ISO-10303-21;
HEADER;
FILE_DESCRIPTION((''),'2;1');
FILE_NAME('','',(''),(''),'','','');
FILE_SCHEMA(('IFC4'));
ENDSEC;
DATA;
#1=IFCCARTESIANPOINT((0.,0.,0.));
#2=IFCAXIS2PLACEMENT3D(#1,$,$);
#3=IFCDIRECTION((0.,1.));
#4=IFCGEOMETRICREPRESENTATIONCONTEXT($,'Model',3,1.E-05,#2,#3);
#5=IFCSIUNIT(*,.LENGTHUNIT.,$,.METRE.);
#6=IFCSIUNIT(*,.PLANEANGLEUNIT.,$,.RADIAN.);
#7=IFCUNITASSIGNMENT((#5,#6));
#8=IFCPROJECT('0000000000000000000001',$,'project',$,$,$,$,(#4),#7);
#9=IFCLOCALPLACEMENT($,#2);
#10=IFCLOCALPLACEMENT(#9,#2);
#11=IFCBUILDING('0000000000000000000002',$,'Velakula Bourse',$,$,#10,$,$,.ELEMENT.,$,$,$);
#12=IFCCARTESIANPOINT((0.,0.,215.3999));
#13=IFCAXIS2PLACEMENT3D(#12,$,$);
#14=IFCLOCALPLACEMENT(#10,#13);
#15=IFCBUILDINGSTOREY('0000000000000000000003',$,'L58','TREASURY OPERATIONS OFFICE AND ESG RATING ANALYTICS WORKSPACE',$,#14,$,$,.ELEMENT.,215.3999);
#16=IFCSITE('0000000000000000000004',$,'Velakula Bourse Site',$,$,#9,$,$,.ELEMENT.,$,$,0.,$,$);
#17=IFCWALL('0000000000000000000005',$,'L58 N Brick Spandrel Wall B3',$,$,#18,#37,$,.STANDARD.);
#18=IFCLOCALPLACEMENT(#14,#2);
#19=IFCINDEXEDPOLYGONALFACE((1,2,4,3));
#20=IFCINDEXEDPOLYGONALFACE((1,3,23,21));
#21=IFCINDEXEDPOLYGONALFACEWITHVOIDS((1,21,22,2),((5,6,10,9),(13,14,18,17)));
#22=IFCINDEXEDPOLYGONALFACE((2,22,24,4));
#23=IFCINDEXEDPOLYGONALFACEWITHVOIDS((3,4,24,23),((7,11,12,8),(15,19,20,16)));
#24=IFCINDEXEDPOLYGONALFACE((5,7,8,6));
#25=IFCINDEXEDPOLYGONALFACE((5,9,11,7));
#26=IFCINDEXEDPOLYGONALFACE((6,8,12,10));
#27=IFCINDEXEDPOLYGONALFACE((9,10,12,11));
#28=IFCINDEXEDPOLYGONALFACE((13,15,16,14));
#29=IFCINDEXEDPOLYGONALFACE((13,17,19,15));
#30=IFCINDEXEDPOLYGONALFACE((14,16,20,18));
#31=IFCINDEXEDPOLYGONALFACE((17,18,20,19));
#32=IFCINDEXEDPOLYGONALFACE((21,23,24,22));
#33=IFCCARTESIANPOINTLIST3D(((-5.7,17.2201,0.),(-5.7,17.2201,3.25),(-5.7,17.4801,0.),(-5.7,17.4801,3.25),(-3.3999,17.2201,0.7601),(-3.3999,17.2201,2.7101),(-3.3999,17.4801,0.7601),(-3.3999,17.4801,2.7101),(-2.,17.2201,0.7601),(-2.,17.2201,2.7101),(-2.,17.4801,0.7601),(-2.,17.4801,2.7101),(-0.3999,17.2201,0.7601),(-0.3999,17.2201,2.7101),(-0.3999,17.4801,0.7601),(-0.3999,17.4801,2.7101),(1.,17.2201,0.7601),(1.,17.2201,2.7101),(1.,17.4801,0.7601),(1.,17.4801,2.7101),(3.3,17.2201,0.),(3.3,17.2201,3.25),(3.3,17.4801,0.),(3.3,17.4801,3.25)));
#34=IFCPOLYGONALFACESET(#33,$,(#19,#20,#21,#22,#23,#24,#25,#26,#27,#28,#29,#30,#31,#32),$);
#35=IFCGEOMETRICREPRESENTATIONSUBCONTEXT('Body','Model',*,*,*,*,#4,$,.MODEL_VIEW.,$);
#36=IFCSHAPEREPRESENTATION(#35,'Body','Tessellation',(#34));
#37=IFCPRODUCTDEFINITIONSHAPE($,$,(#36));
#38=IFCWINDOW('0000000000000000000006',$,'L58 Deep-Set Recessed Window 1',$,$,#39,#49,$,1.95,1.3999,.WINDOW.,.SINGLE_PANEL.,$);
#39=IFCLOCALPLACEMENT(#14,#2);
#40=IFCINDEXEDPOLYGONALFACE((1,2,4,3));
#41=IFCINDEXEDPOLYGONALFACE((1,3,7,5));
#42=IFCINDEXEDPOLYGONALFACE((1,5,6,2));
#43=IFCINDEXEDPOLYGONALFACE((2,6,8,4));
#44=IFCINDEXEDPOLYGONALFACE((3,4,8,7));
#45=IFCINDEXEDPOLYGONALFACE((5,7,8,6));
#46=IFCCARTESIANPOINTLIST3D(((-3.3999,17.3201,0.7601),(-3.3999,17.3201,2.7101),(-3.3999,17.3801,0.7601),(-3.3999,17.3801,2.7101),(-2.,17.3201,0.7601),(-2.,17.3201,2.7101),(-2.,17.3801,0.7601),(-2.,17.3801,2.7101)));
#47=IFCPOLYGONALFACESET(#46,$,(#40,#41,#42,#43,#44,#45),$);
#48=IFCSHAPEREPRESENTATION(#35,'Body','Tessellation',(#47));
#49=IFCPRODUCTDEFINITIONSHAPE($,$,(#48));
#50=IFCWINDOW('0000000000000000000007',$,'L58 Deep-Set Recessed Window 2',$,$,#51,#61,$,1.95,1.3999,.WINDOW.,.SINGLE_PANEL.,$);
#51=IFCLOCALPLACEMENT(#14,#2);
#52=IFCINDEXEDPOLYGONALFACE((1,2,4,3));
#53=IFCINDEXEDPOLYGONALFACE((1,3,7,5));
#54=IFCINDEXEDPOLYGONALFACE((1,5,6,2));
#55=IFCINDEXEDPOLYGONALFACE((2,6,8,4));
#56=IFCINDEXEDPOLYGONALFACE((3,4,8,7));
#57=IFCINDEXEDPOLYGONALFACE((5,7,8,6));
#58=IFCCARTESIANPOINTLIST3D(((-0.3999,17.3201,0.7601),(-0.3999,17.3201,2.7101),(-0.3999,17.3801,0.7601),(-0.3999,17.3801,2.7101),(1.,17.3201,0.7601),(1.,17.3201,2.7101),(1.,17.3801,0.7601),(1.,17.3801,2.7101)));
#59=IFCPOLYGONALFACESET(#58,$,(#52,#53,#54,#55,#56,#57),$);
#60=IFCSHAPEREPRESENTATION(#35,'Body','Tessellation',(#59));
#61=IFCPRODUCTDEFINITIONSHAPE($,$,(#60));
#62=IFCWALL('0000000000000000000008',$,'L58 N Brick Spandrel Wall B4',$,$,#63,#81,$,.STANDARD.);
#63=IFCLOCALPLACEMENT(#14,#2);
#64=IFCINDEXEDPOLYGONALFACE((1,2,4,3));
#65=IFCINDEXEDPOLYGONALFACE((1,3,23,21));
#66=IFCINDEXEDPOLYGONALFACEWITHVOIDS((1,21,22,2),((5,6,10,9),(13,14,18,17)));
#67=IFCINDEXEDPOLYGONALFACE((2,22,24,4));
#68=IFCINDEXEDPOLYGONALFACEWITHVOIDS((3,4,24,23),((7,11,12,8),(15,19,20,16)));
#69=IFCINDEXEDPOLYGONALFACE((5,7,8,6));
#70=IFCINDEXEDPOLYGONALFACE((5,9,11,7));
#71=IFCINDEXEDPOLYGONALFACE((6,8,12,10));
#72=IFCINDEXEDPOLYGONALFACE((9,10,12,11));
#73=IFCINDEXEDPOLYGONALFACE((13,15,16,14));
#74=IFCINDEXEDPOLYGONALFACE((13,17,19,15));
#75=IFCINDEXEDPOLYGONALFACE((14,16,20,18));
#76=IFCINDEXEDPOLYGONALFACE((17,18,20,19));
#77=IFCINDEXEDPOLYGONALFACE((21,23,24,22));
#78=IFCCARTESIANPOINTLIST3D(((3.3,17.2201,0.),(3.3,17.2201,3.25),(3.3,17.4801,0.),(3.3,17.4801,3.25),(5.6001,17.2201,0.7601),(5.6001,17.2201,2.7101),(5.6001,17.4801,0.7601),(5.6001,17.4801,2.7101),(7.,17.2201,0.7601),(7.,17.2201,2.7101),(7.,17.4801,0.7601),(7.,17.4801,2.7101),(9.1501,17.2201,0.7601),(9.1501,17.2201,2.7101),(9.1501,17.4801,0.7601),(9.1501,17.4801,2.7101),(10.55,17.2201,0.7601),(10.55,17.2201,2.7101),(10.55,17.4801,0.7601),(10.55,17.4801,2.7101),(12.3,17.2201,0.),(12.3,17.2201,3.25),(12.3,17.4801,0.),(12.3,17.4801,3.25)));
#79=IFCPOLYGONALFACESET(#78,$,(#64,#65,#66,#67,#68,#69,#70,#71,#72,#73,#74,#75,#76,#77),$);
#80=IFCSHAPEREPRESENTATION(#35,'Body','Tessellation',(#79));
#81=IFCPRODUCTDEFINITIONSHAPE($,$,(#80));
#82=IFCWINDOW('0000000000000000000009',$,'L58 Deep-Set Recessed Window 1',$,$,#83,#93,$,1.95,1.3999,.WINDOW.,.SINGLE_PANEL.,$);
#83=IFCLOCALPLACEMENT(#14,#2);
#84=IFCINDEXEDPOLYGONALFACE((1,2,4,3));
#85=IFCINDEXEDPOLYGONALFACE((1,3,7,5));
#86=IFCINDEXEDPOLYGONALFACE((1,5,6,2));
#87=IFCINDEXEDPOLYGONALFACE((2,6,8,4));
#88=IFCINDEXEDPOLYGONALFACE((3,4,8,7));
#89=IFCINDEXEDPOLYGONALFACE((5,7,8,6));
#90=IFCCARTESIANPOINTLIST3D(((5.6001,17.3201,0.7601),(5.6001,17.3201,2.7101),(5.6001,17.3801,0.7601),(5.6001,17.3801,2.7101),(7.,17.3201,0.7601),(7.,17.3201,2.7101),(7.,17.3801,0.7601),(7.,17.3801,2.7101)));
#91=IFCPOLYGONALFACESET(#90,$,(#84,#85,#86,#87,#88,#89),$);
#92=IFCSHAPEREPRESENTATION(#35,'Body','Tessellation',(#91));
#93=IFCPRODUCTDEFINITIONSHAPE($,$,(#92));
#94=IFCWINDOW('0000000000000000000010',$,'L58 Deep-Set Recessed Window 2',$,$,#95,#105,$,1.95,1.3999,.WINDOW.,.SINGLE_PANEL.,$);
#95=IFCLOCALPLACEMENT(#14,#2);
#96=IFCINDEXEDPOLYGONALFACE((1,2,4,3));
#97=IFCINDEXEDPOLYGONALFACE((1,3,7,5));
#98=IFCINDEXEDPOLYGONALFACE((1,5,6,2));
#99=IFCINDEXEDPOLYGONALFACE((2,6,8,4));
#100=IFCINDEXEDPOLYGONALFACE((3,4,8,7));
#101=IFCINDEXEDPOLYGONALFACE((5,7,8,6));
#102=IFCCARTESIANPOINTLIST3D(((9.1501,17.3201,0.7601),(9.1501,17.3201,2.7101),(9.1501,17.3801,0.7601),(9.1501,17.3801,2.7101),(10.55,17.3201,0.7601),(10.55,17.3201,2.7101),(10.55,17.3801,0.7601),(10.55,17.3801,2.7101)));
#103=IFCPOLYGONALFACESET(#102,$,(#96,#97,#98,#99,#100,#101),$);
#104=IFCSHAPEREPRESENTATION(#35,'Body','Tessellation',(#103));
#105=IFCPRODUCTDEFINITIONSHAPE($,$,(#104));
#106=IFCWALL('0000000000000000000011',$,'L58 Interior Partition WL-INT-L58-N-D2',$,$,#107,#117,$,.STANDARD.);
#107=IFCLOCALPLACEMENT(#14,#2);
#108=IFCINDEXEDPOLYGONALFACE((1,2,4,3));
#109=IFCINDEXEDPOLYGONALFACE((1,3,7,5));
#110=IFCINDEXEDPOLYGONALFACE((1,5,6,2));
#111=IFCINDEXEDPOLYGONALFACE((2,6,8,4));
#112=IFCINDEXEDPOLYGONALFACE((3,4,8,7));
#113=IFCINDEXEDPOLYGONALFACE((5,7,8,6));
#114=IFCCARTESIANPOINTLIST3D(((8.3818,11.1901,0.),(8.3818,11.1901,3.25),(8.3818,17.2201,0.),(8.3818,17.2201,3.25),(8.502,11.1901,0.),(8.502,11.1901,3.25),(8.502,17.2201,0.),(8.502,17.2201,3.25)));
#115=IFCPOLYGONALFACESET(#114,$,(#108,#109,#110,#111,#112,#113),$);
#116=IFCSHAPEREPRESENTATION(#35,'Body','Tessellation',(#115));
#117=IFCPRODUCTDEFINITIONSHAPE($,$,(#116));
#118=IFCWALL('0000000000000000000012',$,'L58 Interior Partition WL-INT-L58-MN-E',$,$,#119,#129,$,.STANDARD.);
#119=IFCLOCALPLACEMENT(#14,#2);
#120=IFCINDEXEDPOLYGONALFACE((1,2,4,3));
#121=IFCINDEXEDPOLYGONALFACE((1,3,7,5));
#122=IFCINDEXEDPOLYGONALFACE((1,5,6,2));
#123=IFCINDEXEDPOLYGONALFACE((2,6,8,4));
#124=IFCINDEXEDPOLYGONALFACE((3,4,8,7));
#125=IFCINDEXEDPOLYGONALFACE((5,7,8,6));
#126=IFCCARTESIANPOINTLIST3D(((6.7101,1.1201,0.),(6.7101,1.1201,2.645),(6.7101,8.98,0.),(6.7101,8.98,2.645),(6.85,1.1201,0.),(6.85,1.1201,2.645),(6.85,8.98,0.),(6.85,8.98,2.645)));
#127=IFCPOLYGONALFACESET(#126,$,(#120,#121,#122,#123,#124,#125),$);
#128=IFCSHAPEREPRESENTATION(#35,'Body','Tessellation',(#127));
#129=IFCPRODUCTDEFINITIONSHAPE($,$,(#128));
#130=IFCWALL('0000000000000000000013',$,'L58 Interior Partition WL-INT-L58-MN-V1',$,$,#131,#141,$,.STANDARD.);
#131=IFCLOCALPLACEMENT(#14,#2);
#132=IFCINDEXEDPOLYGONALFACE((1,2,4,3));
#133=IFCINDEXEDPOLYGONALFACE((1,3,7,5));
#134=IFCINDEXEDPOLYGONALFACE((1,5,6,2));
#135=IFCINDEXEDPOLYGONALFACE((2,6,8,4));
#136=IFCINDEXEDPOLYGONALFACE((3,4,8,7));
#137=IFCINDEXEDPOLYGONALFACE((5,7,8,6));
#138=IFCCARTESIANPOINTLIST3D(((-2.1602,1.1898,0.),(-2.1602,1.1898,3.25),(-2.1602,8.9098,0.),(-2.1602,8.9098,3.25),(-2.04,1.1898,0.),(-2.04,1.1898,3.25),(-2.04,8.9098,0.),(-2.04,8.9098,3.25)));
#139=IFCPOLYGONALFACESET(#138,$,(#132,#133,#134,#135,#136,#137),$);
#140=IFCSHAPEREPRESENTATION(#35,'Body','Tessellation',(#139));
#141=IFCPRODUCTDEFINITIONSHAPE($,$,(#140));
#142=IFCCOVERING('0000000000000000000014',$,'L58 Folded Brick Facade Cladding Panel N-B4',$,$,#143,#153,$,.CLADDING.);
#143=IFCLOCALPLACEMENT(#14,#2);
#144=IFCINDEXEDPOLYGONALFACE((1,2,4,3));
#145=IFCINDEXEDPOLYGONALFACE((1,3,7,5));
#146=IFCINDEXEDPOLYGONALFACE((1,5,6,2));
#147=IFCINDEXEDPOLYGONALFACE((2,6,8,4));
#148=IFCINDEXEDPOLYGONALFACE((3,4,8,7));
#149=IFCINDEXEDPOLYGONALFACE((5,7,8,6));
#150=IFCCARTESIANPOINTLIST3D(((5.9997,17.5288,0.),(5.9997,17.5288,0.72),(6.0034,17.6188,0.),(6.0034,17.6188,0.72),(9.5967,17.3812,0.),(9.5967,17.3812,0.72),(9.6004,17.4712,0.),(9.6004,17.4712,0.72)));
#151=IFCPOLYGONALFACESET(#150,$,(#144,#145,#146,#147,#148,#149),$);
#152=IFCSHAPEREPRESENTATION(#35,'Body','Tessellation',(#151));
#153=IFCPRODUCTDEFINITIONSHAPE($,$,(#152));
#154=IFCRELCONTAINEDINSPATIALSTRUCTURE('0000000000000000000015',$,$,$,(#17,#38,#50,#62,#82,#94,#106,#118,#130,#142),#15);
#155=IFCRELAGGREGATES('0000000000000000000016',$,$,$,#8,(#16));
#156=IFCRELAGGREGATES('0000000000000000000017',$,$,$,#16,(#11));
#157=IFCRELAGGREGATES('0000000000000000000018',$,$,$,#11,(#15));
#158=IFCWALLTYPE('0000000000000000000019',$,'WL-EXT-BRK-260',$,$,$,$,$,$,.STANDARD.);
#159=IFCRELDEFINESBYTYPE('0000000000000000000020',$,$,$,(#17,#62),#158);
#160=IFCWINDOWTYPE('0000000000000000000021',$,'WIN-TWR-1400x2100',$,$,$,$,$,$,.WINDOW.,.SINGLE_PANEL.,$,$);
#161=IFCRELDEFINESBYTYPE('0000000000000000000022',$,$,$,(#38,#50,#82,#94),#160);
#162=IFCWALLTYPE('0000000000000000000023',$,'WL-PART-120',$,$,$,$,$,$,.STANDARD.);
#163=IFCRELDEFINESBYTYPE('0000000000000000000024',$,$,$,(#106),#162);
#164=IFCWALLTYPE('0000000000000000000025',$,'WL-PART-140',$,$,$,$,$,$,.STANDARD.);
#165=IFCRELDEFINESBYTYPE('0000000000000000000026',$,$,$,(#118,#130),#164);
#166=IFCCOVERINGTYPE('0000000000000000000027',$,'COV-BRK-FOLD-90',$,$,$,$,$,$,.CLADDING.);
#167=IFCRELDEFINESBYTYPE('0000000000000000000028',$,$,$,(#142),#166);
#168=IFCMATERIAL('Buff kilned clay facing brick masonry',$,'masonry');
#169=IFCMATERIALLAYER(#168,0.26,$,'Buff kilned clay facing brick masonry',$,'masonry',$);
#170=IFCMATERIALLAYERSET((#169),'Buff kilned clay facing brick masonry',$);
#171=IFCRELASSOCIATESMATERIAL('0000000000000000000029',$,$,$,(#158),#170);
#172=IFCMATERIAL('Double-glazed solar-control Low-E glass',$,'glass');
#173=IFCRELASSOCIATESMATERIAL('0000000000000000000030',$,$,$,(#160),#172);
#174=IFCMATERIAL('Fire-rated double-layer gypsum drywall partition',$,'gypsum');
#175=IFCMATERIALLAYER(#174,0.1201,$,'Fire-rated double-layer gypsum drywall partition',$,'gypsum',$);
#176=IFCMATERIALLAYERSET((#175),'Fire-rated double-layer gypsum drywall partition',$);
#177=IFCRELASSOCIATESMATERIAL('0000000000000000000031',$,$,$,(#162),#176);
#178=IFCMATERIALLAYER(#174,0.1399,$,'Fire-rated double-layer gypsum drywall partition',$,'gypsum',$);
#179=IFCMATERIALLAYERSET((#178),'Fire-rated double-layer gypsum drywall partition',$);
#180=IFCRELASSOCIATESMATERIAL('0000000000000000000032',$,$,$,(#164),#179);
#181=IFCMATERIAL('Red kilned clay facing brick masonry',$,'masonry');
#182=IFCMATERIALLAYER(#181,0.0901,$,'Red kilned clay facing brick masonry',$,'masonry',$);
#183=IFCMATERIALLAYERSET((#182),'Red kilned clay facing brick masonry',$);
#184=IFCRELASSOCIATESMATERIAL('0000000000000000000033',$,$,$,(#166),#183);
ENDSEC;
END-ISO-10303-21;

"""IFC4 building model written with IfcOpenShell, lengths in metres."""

from ifc_helpers import new_model, si_unit, direction, frame, frame_2d, origin, origin_2d, place, context, subcontext, project, spatial, rectangle, extrude, material, layer, layer_set, type_object, element, fill, save


model = new_model("IFC4")

# Units and contexts
model_context = context("Model", 3, precision=1e-05, world=origin(), true_north=direction((0.0, 1.0)))
body_context = subcontext(model_context, "Body", "Model", "MODEL_VIEW")
ifc_project = project(units=[si_unit("LENGTHUNIT", "METRE"), si_unit("PLANEANGLEUNIT", "RADIAN")], contexts=[model_context])

# Site, building, storey
site_placement = place(None, origin())
site = spatial("IfcSite", under=ifc_project, at=site_placement, Name="Velakula Bourse Site", CompositionType="ELEMENT", RefElevation=0.0)
building_placement = place(site_placement, origin())
building = spatial("IfcBuilding", under=site, at=building_placement, Name="Velakula Bourse", CompositionType="ELEMENT")
storey_placement = place(building_placement, frame((0.0, 0.0, 215.3999)))
storey = spatial("IfcBuildingStorey", under=building, at=storey_placement, Name="L58", Description="TREASURY OPERATIONS OFFICE AND ESG RATING ANALYTICS WORKSPACE", CompositionType="ELEMENT", Elevation=215.3999)

# Walls, openings, windows
ifc_material_1 = material(Name="Buff kilned clay facing brick masonry", Category="masonry")
ifc_layer_1 = layer(ifc_material_1, 0.26, Name="Buff kilned clay facing brick masonry", Category="masonry")
ifc_layer_set_1 = layer_set([ifc_layer_1], Name="Buff kilned clay facing brick masonry")
wall_type_1 = type_object("IfcWallType", Name="WL-EXT-BRK-260", PredefinedType="STANDARD", material=ifc_layer_set_1)
wall_1_placement = place(storey_placement, frame((-5.7, 17.3501, 0.0), z_axis=(0.0, 0.0, 1.0), x_axis=(1.0, 0.0, 0.0)))
wall_1 = element("IfcWall", 1, at=wall_1_placement, inside=storey, type_object=wall_type_1, Name="L58 N Brick Spandrel Wall B3", PredefinedType="STANDARD", context=body_context, shape_type="SweptSolid", body=[
    extrude(rectangle(XDim=9.0, YDim=0.26, at=frame_2d((4.5, 0.0))), origin(), (0.0, 0.0, 1.0), 3.25),
])
opening_1_placement = place(wall_1_placement, frame((2.3, 0.0, 0.76)))
opening_1 = element("IfcOpeningElement", 2, at=opening_1_placement, cuts=wall_1, PredefinedType="OPENING", context=body_context, shape_type="SweptSolid", body=[
    extrude(rectangle(XDim=1.3999, YDim=1.95, at=frame_2d((0.7, 0.9751))), frame((0.0, 0.1399, 0.0), z_axis=(0.0, -1.0, 0.0), x_axis=(1.0, 0.0, 0.0)), (0.0, 0.0, 1.0), 0.28),
])
opening_2_placement = place(wall_1_placement, frame((5.3, 0.0, 0.76)))
opening_2 = element("IfcOpeningElement", 3, at=opening_2_placement, cuts=wall_1, PredefinedType="OPENING", context=body_context, shape_type="SweptSolid", body=[
    extrude(rectangle(XDim=1.3999, YDim=1.95, at=frame_2d((0.7, 0.9751))), frame((0.0, 0.1399, 0.0), z_axis=(0.0, -1.0, 0.0), x_axis=(1.0, 0.0, 0.0)), (0.0, 0.0, 1.0), 0.28),
])
ifc_material_2 = material(Name="Double-glazed solar-control Low-E glass", Category="glass")
window_type = type_object("IfcWindowType", Name="WIN-TWR-1400x2100", PartitioningType="SINGLE_PANEL", PredefinedType="WINDOW", material=ifc_material_2)
window_1_placement = place(opening_1_placement, origin())
window_1 = element("IfcWindow", 4, at=window_1_placement, inside=storey, type_object=window_type, Name="L58 Deep-Set Recessed Window 1", OverallHeight=1.95, OverallWidth=1.3999, PartitioningType="SINGLE_PANEL", PredefinedType="WINDOW", context=body_context, shape_type="SweptSolid", body=[
    extrude(rectangle(XDim=1.3999, YDim=1.95, at=frame_2d((0.7, 0.9751))), frame((0.0, 0.03, 0.0), z_axis=(0.0, -1.0, 0.0), x_axis=(1.0, 0.0, 0.0)), (0.0, 0.0, 1.0), 0.0601),
])
fill(opening_1, window_1)
window_2_placement = place(opening_2_placement, origin())
window_2 = element("IfcWindow", 5, at=window_2_placement, inside=storey, type_object=window_type, Name="L58 Deep-Set Recessed Window 2", OverallHeight=1.95, OverallWidth=1.3999, PartitioningType="SINGLE_PANEL", PredefinedType="WINDOW", context=body_context, shape_type="SweptSolid", body=[
    extrude(rectangle(XDim=1.3999, YDim=1.95, at=frame_2d((0.7, 0.9751))), frame((0.0, 0.03, 0.0), z_axis=(0.0, -1.0, 0.0), x_axis=(1.0, 0.0, 0.0)), (0.0, 0.0, 1.0), 0.0601),
])
fill(opening_2, window_2)
wall_2_placement = place(storey_placement, frame((3.3, 17.3501, 0.0), z_axis=(0.0, 0.0, 1.0), x_axis=(1.0, 0.0, 0.0)))
wall_2 = element("IfcWall", 6, at=wall_2_placement, inside=storey, type_object=wall_type_1, Name="L58 N Brick Spandrel Wall B4", PredefinedType="STANDARD", context=body_context, shape_type="SweptSolid", body=[
    extrude(rectangle(XDim=9.0, YDim=0.26, at=frame_2d((4.5, 0.0))), origin(), (0.0, 0.0, 1.0), 3.25),
])
opening_3_placement = place(wall_2_placement, frame((2.3, 0.0, 0.76)))
opening_3 = element("IfcOpeningElement", 7, at=opening_3_placement, cuts=wall_2, PredefinedType="OPENING", context=body_context, shape_type="SweptSolid", body=[
    extrude(rectangle(XDim=1.3999, YDim=1.95, at=frame_2d((0.7, 0.9751))), frame((0.0, 0.1399, 0.0), z_axis=(0.0, -1.0, 0.0), x_axis=(1.0, 0.0, 0.0)), (0.0, 0.0, 1.0), 0.28),
])
opening_4_placement = place(wall_2_placement, frame((5.8501, 0.0, 0.76)))
opening_4 = element("IfcOpeningElement", 8, at=opening_4_placement, cuts=wall_2, PredefinedType="OPENING", context=body_context, shape_type="SweptSolid", body=[
    extrude(rectangle(XDim=1.3999, YDim=1.95, at=frame_2d((0.7, 0.9751))), frame((0.0, 0.1399, 0.0), z_axis=(0.0, -1.0, 0.0), x_axis=(1.0, 0.0, 0.0)), (0.0, 0.0, 1.0), 0.28),
])
window_3_placement = place(opening_3_placement, origin())
window_3 = element("IfcWindow", 9, at=window_3_placement, inside=storey, type_object=window_type, Name="L58 Deep-Set Recessed Window 1", OverallHeight=1.95, OverallWidth=1.3999, PartitioningType="SINGLE_PANEL", PredefinedType="WINDOW", context=body_context, shape_type="SweptSolid", body=[
    extrude(rectangle(XDim=1.3999, YDim=1.95, at=frame_2d((0.7, 0.9751))), frame((0.0, 0.03, 0.0), z_axis=(0.0, -1.0, 0.0), x_axis=(1.0, 0.0, 0.0)), (0.0, 0.0, 1.0), 0.0601),
])
fill(opening_3, window_3)
window_4_placement = place(opening_4_placement, origin())
window_4 = element("IfcWindow", 10, at=window_4_placement, inside=storey, type_object=window_type, Name="L58 Deep-Set Recessed Window 2", OverallHeight=1.95, OverallWidth=1.3999, PartitioningType="SINGLE_PANEL", PredefinedType="WINDOW", context=body_context, shape_type="SweptSolid", body=[
    extrude(rectangle(XDim=1.3999, YDim=1.95, at=frame_2d((0.7, 0.9751))), frame((0.0, 0.03, 0.0), z_axis=(0.0, -1.0, 0.0), x_axis=(1.0, 0.0, 0.0)), (0.0, 0.0, 1.0), 0.0601),
])
fill(opening_4, window_4)

# Walls
ifc_material_3 = material(Name="Fire-rated double-layer gypsum drywall partition", Category="gypsum")
ifc_layer_2 = layer(ifc_material_3, 0.1201, Name="Fire-rated double-layer gypsum drywall partition", Category="gypsum")
ifc_layer_set_2 = layer_set([ifc_layer_2], Name="Fire-rated double-layer gypsum drywall partition")
wall_type_2 = type_object("IfcWallType", Name="WL-PART-120", PredefinedType="STANDARD", material=ifc_layer_set_2)
wall_3_placement = place(storey_placement, frame((8.4419, 11.1899, 0.0), z_axis=(0.0, 0.0, 1.0), x_axis=(0.0, 1.0, 0.0)))
element("IfcWall", 11, at=wall_3_placement, inside=storey, type_object=wall_type_2, Name="L58 Interior Partition WL-INT-L58-N-D2", PredefinedType="STANDARD", context=body_context, shape_type="SweptSolid", body=[
    extrude(rectangle(XDim=6.03, YDim=0.1201, at=frame_2d((3.0151, 0.0))), origin(), (0.0, 0.0, 1.0), 3.25),
])
ifc_layer_3 = layer(ifc_material_3, 0.1399, Name="Fire-rated double-layer gypsum drywall partition", Category="gypsum")
ifc_layer_set_3 = layer_set([ifc_layer_3], Name="Fire-rated double-layer gypsum drywall partition")
wall_type_3 = type_object("IfcWallType", Name="WL-PART-140", PredefinedType="STANDARD", material=ifc_layer_set_3)
wall_4_placement = place(storey_placement, frame((6.78, 1.1201, 0.0), z_axis=(0.0, 0.0, 1.0), x_axis=(0.0, 1.0, 0.0)))
element("IfcWall", 12, at=wall_4_placement, inside=storey, type_object=wall_type_3, Name="L58 Interior Partition WL-INT-L58-MN-E", PredefinedType="STANDARD", context=body_context, shape_type="SweptSolid", body=[
    extrude(rectangle(XDim=7.8599, YDim=0.1399, at=frame_2d((3.9299, 0.0))), origin(), (0.0, 0.0, 1.0), 2.645),
])
wall_5_placement = place(storey_placement, frame((-2.1001, 1.1899, 0.0), z_axis=(0.0, 0.0, 1.0), x_axis=(0.0, 1.0, 0.0)))
element("IfcWall", 13, at=wall_5_placement, inside=storey, type_object=wall_type_3, Name="L58 Interior Partition WL-INT-L58-MN-V1", PredefinedType="STANDARD", context=body_context, shape_type="SweptSolid", body=[
    extrude(rectangle(XDim=7.72, YDim=0.1201, at=frame_2d((3.8599, 0.0))), origin(), (0.0, 0.0, 1.0), 3.25),
])

# Covering
ifc_material_4 = material(Name="Red kilned clay facing brick masonry", Category="masonry")
ifc_layer_4 = layer(ifc_material_4, 0.0901, Name="Red kilned clay facing brick masonry", Category="masonry")
ifc_layer_set_4 = layer_set([ifc_layer_4], Name="Red kilned clay facing brick masonry")
covering_type = type_object("IfcCoveringType", Name="COV-BRK-FOLD-90", PredefinedType="CLADDING", material=ifc_layer_set_4)
covering_placement = place(storey_placement, frame((7.8, 17.5, 0.0), z_axis=(0.0, 0.0, 1.0), x_axis=(0.999159, -0.041004, 0.0)))
element("IfcCovering", 14, at=covering_placement, inside=storey, type_object=covering_type, Name="L58 Folded Brick Facade Cladding Panel N-B4", PredefinedType="CLADDING", context=body_context, shape_type="SweptSolid", body=[
    extrude(rectangle(XDim=3.6001, YDim=0.0901, at=origin_2d()), origin(), (0.0, 0.0, 1.0), 0.72),
])

save(model, "model.ifc")
